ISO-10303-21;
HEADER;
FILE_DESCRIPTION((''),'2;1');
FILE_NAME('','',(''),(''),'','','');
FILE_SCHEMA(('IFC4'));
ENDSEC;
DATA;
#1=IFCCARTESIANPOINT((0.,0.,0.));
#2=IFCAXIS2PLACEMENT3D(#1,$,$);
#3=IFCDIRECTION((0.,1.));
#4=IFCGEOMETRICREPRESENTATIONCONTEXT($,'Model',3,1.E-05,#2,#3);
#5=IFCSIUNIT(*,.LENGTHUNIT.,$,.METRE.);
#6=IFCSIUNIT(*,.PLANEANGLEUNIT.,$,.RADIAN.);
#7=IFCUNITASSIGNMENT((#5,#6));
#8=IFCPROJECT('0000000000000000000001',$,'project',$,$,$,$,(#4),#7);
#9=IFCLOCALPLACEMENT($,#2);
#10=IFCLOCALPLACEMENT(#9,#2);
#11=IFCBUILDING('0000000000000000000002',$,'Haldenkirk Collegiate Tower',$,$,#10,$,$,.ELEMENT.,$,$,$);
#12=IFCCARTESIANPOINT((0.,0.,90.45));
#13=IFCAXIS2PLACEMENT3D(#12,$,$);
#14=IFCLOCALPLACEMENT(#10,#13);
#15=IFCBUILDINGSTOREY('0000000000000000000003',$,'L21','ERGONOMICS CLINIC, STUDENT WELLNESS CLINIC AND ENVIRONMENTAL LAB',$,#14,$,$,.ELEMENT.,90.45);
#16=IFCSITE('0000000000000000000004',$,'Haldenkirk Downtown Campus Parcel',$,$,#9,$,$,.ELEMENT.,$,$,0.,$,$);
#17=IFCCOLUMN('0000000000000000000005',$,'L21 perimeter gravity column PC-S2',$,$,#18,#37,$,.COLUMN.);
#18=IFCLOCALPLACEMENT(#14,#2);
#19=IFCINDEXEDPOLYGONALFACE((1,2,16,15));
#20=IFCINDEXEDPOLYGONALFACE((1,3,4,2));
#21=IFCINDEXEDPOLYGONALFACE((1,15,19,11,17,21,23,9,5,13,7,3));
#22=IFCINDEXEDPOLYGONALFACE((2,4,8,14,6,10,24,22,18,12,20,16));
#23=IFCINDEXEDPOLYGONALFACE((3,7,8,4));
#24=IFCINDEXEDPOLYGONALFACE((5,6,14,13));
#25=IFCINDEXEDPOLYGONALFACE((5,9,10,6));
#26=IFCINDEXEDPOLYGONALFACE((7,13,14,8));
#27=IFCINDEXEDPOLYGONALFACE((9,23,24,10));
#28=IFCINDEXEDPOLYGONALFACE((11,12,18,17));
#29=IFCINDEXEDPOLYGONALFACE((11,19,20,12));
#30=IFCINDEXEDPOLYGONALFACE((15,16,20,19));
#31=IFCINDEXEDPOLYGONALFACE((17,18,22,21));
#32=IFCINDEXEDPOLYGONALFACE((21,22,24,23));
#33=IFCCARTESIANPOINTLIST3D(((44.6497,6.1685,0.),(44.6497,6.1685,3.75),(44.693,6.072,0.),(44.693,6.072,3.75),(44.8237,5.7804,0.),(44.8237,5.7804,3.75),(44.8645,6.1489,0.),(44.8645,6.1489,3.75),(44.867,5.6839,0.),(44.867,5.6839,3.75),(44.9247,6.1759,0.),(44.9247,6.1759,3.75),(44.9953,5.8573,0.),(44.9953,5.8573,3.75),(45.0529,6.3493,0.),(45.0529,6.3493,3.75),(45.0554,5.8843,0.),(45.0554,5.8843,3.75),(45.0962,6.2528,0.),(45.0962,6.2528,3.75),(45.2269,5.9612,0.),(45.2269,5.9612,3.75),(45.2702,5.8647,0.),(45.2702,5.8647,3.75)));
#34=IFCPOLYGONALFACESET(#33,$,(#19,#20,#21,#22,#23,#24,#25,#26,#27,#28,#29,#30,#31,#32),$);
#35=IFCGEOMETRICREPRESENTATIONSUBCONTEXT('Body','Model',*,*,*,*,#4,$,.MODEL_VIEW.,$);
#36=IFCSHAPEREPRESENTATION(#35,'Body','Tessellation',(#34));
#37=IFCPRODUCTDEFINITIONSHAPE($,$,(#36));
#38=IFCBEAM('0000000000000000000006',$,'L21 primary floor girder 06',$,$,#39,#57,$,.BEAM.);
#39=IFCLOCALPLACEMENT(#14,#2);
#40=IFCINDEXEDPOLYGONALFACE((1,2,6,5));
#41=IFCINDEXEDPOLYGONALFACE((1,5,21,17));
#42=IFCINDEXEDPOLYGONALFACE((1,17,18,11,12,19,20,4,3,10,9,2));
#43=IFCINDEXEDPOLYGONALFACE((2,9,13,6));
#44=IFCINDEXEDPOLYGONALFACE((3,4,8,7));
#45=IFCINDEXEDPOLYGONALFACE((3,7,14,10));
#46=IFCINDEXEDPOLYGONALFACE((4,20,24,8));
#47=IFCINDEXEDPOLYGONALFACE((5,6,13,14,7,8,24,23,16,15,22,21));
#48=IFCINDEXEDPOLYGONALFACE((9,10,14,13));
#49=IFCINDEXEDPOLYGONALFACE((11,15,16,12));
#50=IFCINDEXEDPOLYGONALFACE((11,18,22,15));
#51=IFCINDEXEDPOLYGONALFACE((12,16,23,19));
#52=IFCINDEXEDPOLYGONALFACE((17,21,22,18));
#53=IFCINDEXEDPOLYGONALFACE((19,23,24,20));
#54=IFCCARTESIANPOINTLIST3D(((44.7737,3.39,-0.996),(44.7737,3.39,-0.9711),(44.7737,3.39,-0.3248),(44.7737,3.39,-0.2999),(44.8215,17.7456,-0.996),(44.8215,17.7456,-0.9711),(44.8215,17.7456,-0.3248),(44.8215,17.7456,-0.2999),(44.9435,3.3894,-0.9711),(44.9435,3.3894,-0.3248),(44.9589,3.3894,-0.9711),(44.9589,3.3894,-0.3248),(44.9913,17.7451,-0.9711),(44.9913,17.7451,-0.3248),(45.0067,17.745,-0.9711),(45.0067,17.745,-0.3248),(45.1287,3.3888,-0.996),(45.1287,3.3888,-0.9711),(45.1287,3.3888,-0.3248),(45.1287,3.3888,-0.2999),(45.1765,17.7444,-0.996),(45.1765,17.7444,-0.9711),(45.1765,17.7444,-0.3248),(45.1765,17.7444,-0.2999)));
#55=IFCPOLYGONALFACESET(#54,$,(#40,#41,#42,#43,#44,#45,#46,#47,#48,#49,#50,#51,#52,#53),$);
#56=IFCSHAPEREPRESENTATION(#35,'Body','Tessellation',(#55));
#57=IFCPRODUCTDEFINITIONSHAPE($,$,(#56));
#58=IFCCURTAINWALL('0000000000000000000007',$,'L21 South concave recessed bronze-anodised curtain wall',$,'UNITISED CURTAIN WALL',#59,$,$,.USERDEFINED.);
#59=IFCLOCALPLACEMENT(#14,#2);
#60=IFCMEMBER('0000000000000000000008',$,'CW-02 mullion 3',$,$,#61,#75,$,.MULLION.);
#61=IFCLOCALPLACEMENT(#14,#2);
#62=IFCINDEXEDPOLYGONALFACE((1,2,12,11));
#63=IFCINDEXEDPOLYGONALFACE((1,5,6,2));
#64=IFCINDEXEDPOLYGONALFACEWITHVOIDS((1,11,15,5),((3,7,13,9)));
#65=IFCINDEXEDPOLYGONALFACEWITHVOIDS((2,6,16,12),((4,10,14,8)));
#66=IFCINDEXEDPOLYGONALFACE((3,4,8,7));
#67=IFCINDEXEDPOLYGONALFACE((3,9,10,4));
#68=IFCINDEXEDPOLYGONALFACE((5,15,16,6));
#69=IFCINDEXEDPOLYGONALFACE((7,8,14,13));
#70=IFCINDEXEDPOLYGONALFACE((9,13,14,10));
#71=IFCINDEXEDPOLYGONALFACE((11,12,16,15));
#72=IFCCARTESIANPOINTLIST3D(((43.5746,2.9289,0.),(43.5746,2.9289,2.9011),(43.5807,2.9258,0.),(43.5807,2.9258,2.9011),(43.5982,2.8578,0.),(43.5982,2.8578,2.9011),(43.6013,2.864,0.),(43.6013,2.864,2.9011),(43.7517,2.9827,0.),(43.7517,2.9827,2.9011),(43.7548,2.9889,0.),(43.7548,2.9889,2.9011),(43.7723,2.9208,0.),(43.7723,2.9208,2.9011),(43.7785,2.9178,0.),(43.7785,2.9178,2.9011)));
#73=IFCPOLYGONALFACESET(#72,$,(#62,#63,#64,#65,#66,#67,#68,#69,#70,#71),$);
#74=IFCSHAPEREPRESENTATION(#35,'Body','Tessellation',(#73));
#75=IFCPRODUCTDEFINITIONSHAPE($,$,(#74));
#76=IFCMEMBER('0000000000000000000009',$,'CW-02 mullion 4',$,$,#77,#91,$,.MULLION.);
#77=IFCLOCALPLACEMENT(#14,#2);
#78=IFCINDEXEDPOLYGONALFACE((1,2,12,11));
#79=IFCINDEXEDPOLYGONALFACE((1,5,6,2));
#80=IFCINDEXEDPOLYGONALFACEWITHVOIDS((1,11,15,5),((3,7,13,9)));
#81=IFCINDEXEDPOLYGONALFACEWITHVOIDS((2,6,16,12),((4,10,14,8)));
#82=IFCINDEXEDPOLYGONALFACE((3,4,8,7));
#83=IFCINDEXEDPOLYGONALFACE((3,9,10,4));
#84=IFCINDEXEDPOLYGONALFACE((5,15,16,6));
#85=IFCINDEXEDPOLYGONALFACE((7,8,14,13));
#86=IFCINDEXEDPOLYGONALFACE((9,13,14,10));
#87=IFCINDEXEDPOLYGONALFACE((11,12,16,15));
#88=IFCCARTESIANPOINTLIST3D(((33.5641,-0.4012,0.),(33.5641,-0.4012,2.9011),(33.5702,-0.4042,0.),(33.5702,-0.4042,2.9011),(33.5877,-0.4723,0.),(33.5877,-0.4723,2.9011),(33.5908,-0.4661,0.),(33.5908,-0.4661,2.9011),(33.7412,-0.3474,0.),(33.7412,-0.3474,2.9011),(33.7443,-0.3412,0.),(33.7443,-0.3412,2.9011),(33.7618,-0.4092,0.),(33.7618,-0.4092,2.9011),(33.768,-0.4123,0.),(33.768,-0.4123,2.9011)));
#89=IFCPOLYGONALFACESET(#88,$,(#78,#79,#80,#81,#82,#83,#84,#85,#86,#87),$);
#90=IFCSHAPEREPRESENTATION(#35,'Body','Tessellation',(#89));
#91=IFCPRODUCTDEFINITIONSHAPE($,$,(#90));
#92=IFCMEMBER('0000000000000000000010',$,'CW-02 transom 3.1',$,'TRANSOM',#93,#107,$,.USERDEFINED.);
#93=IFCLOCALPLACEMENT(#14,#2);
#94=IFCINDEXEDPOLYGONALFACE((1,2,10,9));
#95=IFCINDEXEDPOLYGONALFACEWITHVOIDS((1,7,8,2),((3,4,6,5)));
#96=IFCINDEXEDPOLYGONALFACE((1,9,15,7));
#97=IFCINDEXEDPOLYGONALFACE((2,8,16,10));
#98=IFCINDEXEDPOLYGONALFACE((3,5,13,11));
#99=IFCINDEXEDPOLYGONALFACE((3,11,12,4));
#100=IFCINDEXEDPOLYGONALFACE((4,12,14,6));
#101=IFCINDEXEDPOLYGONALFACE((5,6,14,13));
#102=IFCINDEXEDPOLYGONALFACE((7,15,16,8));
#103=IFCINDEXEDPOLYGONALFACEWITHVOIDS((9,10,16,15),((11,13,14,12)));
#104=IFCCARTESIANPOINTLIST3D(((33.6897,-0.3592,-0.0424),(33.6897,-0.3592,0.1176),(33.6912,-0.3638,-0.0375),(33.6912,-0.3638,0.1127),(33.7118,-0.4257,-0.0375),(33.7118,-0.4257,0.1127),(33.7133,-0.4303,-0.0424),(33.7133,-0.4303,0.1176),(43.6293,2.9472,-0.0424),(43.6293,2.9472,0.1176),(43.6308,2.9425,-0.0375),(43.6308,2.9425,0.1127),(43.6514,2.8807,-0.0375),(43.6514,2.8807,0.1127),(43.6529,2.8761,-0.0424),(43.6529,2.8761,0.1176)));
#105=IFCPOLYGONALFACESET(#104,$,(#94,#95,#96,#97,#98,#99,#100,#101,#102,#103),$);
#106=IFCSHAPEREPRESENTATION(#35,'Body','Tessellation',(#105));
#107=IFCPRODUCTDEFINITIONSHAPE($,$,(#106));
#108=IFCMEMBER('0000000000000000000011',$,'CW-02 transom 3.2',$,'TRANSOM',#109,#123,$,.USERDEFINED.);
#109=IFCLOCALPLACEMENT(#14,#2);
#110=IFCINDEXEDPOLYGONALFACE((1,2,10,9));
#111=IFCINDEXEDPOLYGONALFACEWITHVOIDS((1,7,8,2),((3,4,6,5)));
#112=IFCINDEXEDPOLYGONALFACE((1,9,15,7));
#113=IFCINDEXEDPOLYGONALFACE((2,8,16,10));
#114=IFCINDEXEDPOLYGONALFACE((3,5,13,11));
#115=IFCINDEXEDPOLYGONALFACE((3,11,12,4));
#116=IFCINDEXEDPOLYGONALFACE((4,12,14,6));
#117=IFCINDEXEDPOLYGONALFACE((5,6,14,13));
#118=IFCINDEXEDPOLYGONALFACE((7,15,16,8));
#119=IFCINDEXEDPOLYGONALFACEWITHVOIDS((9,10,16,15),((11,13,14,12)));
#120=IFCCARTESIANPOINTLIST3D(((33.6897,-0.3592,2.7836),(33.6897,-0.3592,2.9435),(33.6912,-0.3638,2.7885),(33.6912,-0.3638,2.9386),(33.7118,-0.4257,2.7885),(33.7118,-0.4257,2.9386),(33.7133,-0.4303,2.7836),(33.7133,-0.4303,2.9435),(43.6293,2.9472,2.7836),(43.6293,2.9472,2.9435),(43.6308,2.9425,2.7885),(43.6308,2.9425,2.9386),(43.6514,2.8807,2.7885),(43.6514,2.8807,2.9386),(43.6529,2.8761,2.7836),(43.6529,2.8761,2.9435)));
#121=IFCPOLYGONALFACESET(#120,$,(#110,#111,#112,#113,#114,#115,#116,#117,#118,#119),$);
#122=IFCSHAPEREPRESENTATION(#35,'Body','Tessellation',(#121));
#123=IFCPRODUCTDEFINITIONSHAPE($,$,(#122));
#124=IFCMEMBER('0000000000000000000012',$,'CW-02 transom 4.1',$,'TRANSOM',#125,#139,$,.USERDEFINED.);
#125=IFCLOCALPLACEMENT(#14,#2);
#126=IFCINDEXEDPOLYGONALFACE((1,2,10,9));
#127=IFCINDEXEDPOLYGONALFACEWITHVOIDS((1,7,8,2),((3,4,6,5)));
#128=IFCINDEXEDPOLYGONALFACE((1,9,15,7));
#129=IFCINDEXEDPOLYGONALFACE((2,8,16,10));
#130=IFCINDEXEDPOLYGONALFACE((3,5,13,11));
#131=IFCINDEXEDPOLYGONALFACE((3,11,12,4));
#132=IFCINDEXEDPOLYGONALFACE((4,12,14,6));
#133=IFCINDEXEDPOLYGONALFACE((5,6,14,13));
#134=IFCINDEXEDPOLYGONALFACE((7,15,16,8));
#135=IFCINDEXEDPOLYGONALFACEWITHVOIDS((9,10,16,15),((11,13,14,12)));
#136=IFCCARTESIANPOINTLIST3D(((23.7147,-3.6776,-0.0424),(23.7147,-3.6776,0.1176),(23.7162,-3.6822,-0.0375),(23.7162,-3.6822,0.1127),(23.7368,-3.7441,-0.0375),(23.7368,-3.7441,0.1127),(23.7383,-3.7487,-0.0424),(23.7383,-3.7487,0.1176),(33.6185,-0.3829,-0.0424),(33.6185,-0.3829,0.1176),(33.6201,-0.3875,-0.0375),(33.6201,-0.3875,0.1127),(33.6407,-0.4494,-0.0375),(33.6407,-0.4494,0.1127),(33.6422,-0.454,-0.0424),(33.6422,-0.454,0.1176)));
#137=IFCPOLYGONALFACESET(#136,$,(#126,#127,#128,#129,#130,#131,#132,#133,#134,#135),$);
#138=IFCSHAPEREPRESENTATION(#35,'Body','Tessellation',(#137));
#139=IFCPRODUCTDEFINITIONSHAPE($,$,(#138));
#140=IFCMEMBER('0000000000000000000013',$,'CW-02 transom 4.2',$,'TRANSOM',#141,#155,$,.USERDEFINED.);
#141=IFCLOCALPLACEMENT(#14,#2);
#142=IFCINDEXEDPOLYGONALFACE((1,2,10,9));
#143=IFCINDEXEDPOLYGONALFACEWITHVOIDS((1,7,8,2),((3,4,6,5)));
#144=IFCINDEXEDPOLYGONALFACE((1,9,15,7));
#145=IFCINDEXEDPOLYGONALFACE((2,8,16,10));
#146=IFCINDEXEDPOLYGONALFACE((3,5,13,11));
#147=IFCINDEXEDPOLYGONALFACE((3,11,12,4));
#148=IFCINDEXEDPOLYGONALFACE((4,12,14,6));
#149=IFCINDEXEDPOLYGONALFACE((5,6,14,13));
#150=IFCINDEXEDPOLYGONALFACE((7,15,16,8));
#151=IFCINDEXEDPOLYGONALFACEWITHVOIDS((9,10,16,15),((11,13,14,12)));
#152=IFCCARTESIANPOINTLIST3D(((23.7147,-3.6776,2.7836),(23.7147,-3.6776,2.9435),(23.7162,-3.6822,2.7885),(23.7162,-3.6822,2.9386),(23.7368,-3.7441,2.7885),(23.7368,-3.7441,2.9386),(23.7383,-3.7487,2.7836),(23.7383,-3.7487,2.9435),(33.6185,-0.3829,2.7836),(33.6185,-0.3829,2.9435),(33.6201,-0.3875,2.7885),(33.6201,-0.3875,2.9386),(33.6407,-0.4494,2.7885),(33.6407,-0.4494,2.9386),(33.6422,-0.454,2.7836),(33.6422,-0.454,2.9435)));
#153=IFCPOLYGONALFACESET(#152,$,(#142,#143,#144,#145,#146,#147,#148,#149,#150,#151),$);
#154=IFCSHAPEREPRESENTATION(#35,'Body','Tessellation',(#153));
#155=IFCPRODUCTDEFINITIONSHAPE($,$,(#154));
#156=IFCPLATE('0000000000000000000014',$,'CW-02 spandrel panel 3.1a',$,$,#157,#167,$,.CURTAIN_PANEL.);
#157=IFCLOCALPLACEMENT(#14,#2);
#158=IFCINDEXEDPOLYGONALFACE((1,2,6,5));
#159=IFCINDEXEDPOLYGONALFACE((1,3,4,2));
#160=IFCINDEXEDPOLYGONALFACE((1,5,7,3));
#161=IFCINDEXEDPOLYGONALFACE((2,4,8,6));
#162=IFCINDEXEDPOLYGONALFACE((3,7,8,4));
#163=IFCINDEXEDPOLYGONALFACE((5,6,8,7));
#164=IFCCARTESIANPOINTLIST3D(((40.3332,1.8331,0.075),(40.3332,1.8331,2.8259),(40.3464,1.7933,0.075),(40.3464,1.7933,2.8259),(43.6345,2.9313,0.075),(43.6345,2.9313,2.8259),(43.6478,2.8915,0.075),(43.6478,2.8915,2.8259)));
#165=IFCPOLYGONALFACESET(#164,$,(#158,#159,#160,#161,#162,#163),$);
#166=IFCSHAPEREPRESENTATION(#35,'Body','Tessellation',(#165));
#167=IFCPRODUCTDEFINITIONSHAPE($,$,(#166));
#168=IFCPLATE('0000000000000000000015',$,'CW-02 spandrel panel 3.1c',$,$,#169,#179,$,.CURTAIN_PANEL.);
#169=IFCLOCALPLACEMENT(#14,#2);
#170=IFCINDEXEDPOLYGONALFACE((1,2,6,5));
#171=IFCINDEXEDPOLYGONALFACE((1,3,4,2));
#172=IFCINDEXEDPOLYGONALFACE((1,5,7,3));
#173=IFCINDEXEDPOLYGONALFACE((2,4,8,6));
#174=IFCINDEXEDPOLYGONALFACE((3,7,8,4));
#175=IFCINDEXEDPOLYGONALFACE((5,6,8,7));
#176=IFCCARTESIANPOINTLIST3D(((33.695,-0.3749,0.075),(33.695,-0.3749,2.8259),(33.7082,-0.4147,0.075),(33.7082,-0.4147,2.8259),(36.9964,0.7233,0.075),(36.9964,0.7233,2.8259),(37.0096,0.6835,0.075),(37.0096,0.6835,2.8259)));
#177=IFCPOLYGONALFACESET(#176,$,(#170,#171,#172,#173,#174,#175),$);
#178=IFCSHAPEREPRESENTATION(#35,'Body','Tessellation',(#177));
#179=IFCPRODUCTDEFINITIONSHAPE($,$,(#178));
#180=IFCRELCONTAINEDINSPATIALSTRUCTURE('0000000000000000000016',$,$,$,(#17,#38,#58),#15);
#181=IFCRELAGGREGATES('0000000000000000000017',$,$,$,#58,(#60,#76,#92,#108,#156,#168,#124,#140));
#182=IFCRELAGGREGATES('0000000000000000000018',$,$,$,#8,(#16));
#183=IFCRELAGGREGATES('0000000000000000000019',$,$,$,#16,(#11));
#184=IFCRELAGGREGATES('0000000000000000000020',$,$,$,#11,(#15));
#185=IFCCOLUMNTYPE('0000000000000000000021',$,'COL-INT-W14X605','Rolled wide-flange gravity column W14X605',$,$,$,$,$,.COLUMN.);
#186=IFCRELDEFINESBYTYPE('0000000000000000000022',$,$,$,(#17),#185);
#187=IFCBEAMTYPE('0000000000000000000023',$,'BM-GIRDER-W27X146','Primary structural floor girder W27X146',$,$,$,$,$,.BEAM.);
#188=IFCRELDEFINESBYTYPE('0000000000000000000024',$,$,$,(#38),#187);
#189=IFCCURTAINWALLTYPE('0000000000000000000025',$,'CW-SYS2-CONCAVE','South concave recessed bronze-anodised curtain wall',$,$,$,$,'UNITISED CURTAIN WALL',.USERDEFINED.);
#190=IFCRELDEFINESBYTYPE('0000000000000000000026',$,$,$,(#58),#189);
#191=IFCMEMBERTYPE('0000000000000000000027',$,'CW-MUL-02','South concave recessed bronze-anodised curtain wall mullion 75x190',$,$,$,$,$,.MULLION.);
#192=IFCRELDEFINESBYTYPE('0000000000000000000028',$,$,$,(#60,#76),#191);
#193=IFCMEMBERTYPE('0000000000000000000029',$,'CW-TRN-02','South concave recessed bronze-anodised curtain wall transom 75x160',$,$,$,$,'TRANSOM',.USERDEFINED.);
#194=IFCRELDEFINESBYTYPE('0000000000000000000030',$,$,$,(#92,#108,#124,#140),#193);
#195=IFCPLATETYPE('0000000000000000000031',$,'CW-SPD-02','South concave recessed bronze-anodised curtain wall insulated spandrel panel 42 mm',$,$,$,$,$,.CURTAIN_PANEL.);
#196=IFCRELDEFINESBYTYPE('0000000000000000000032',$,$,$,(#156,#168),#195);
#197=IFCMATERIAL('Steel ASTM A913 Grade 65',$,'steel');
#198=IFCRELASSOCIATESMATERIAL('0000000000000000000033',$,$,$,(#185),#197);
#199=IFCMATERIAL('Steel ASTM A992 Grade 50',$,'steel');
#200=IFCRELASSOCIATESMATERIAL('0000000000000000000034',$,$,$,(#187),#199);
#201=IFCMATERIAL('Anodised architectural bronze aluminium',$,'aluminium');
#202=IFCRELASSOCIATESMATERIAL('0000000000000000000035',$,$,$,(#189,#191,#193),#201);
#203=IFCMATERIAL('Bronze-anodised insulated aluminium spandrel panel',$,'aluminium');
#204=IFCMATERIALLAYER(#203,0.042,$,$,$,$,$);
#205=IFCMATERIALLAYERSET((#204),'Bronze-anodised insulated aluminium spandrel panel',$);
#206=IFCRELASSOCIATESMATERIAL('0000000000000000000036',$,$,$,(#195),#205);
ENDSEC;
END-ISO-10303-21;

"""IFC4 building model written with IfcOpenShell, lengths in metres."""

from ifc_helpers import new_model, si_unit, direction, frame, origin, origin_2d, place, context, subcontext, project, spatial, rectangle, hollow_rectangle, i_section, extrude, source, transform, mapped, material, layer, layer_set, material_profile, profile_set, type_object, element, aggregate, save


model = new_model("IFC4")

# Units and contexts
model_context = context("Model", 3, precision=1e-05, world=origin(), true_north=direction((0.0, 1.0)))
body_context = subcontext(model_context, "Body", "Model", "MODEL_VIEW")
ifc_project = project(units=[si_unit("LENGTHUNIT", "METRE"), si_unit("PLANEANGLEUNIT", "RADIAN")], contexts=[model_context])

# Site, building, storey
site_placement = place(None, origin())
site = spatial("IfcSite", under=ifc_project, at=site_placement, Name="Haldenkirk Downtown Campus Parcel", CompositionType="ELEMENT", RefElevation=0.0)
building_placement = place(site_placement, origin())
building = spatial("IfcBuilding", under=site, at=building_placement, Name="Haldenkirk Collegiate Tower", CompositionType="ELEMENT")
storey_placement = place(building_placement, frame((0.0, 0.0, 90.45)))
storey = spatial("IfcBuildingStorey", under=building, at=storey_placement, Name="L21", Description="ERGONOMICS CLINIC, STUDENT WELLNESS CLINIC AND ENVIRONMENTAL LAB", CompositionType="ELEMENT", Elevation=90.45)

# Column
ifc_material_1 = material(Name="Steel ASTM A913 Grade 65", Category="steel")
ifc_material_profile_1 = material_profile(ifc_material_1, i_section(OverallWidth=0.4419, OverallDepth=0.531, WebThickness=0.0659, FlangeThickness=0.1057, at=origin_2d()), Name="W14X605")
ifc_profile_set_1 = profile_set([ifc_material_profile_1], Name="Steel ASTM A913 Grade 65")
column_type = type_object("IfcColumnType", Name="COL-INT-W14X605", Description="Rolled wide-flange gravity column W14X605", PredefinedType="COLUMN", material=ifc_profile_set_1)
column_placement = place(storey_placement, frame((44.96, 6.0166, 0.0), z_axis=(0.0, 0.0, 1.0), x_axis=(0.912477, 0.409127, 0.0)))
element("IfcColumn", 1, at=column_placement, inside=storey, type_object=column_type, Name="L21 perimeter gravity column PC-S2", PredefinedType="COLUMN", context=body_context, shape_type="SweptSolid", body=[
    extrude(i_section(OverallWidth=0.4419, OverallDepth=0.531, WebThickness=0.0659, FlangeThickness=0.1057, at=origin_2d()), origin(), (0.0, 0.0, 1.0), 3.75),
])

# Beam
ifc_material_2 = material(Name="Steel ASTM A992 Grade 50", Category="steel")
ifc_material_profile_2 = material_profile(ifc_material_2, i_section(OverallWidth=0.355, OverallDepth=0.696, WebThickness=0.0154, FlangeThickness=0.0249, at=origin_2d()), Name="W27X146")
ifc_profile_set_2 = profile_set([ifc_material_profile_2], Name="Steel ASTM A992 Grade 50")
beam_type = type_object("IfcBeamType", Name="BM-GIRDER-W27X146", Description="Primary structural floor girder W27X146", PredefinedType="BEAM", material=ifc_profile_set_2)
beam_placement = place(storey_placement, frame((44.9512, 3.3894, -0.6479), z_axis=(0.003333, 0.999994, 0.0), x_axis=(-0.999994, 0.003333, 0.0)))
element("IfcBeam", 2, at=beam_placement, inside=storey, type_object=beam_type, Name="L21 primary floor girder 06", PredefinedType="BEAM", context=body_context, shape_type="SweptSolid", body=[
    extrude(i_section(OverallWidth=0.355, OverallDepth=0.696, WebThickness=0.0154, FlangeThickness=0.0249, at=origin_2d()), origin(), (0.0, 0.0, 1.0), 14.3557),
])

# Curtain wall, members, plates
ifc_material_3 = material(Name="Anodised architectural bronze aluminium", Category="aluminium")
curtain_wall_type = type_object("IfcCurtainWallType", Name="CW-SYS2-CONCAVE", Description="South concave recessed bronze-anodised curtain wall", ElementType="UNITISED CURTAIN WALL", PredefinedType="USERDEFINED", material=ifc_material_3)
curtain_wall_placement = place(storey_placement, origin())
curtain_wall = element("IfcCurtainWall", 3, at=curtain_wall_placement, inside=storey, type_object=curtain_wall_type, Name="L21 South concave recessed bronze-anodised curtain wall", ObjectType="UNITISED CURTAIN WALL", PredefinedType="USERDEFINED")
ifc_material_profile_3 = material_profile(ifc_material_3, hollow_rectangle(XDim=0.075, YDim=0.1899, WallThickness=0.0049, at=origin_2d()), Name="CW-MUL-02")
ifc_profile_set_3 = profile_set([ifc_material_profile_3], Name="Anodised architectural bronze aluminium")
member_type_1 = type_object("IfcMemberType", Name="CW-MUL-02", Description="South concave recessed bronze-anodised curtain wall mullion 75x190", PredefinedType="MULLION", material=ifc_profile_set_3)
member_1_placement = place(storey_placement, frame((43.6765, 2.9233, 0.0), z_axis=(0.0, 0.0, 1.0), x_axis=(0.315647, -0.948877, 0.0)))
member_1 = element("IfcMember", 4, at=member_1_placement, type_object=member_type_1, Name="CW-02 mullion 3", PredefinedType="MULLION", context=body_context, shape_type="SweptSolid", body=[
    extrude(hollow_rectangle(XDim=0.075, YDim=0.1899, WallThickness=0.0049, at=origin_2d()), origin(), (0.0, 0.0, 1.0), 2.9011),
])
member_2_placement = place(storey_placement, frame((33.666, -0.4067, 0.0), z_axis=(0.0, 0.0, 1.0), x_axis=(0.315647, -0.948877, 0.0)))
member_2 = element("IfcMember", 5, at=member_2_placement, type_object=member_type_1, Name="CW-02 mullion 4", PredefinedType="MULLION", context=body_context, shape_type="SweptSolid", body=[
    extrude(hollow_rectangle(XDim=0.075, YDim=0.1899, WallThickness=0.0049, at=origin_2d()), origin(), (0.0, 0.0, 1.0), 2.9011),
])
ifc_material_profile_4 = material_profile(ifc_material_3, hollow_rectangle(XDim=0.075, YDim=0.1599, WallThickness=0.0049, at=origin_2d()), Name="CW-TRN-02")
ifc_profile_set_4 = profile_set([ifc_material_profile_4], Name="Anodised architectural bronze aluminium")
member_type_2 = type_object("IfcMemberType", Name="CW-TRN-02", Description="South concave recessed bronze-anodised curtain wall transom 75x160", ElementType="TRANSOM", PredefinedType="USERDEFINED", material=ifc_profile_set_4)
member_3_placement = place(storey_placement, frame((43.6411, 2.9116, 0.0376), z_axis=(-0.948879, -0.31564, 0.0), x_axis=(0.31564, -0.948879, 0.0)))
member_3 = element("IfcMember", 6, at=member_3_placement, type_object=member_type_2, Name="CW-02 transom 3.1", ObjectType="TRANSOM", PredefinedType="USERDEFINED", context=body_context, shape_type="SweptSolid", body=[
    extrude(hollow_rectangle(XDim=0.075, YDim=0.1599, WallThickness=0.0049, at=origin_2d()), origin(), (0.0, 0.0, 1.0), 10.4751),
])
member_4_placement = place(storey_placement, frame((43.6411, 2.9116, 2.8635), z_axis=(-0.948879, -0.31564, 0.0), x_axis=(0.31564, -0.948879, 0.0)))
member_4 = element("IfcMember", 7, at=member_4_placement, type_object=member_type_2, Name="CW-02 transom 3.2", ObjectType="TRANSOM", PredefinedType="USERDEFINED", context=body_context, shape_type="SweptSolid", body=[
    extrude(hollow_rectangle(XDim=0.075, YDim=0.1599, WallThickness=0.0049, at=origin_2d()), origin(), (0.0, 0.0, 1.0), 10.4751),
])
member_5_placement = place(storey_placement, frame((33.6304, -0.4185, 0.0376), z_axis=(-0.948873, -0.315659, 0.0), x_axis=(0.315659, -0.948873, 0.0)))
member_5 = element("IfcMember", 8, at=member_5_placement, type_object=member_type_2, Name="CW-02 transom 4.1", ObjectType="TRANSOM", PredefinedType="USERDEFINED", context=body_context, shape_type="SweptSolid", body=[
    extrude(hollow_rectangle(XDim=0.075, YDim=0.1599, WallThickness=0.0049, at=origin_2d()), origin(), (0.0, 0.0, 1.0), 10.4375),
])
member_6_placement = place(storey_placement, frame((33.6304, -0.4185, 2.8635), z_axis=(-0.948873, -0.315659, 0.0), x_axis=(0.315659, -0.948873, 0.0)))
member_6 = element("IfcMember", 9, at=member_6_placement, type_object=member_type_2, Name="CW-02 transom 4.2", ObjectType="TRANSOM", PredefinedType="USERDEFINED", context=body_context, shape_type="SweptSolid", body=[
    extrude(hollow_rectangle(XDim=0.075, YDim=0.1599, WallThickness=0.0049, at=origin_2d()), origin(), (0.0, 0.0, 1.0), 10.4375),
])
ifc_material_4 = material(Name="Bronze-anodised insulated aluminium spandrel panel", Category="aluminium")
ifc_layer_1 = layer(ifc_material_4, 0.042)
ifc_layer_set_1 = layer_set([ifc_layer_1], Name="Bronze-anodised insulated aluminium spandrel panel")
plate_type = type_object("IfcPlateType", Name="CW-SPD-02", Description="South concave recessed bronze-anodised curtain wall insulated spandrel panel 42 mm", PredefinedType="CURTAIN_PANEL", material=ifc_layer_set_1)
shared_shape_1 = source(origin(), body_context, "Body", "SweptSolid", [
    extrude(rectangle(XDim=3.4792, YDim=0.042, at=origin_2d()), origin(), (0.0, 0.0, 1.0), 2.751),
])
plate_1_placement = place(storey_placement, frame((41.9905, 2.3623, 0.075), z_axis=(0.0, 0.0, 1.0), x_axis=(-0.948877, -0.315647, 0.0)))
plate_1 = element("IfcPlate", 10, at=plate_1_placement, type_object=plate_type, Name="CW-02 spandrel panel 3.1a", PredefinedType="CURTAIN_PANEL", context=body_context, shape_type="MappedRepresentation", body=[
    mapped(shared_shape_1, transform((0.0, 0.0, 0.0), x_axis=(1.0, 0.0, 0.0), y_axis=(0.0, 1.0, 0.0), z_axis=(0.0, 0.0, 1.0), scale=1.0)),
])
plate_2_placement = place(storey_placement, frame((35.3523, 0.1543, 0.075), z_axis=(0.0, 0.0, 1.0), x_axis=(-0.948877, -0.315647, 0.0)))
plate_2 = element("IfcPlate", 11, at=plate_2_placement, type_object=plate_type, Name="CW-02 spandrel panel 3.1c", PredefinedType="CURTAIN_PANEL", context=body_context, shape_type="MappedRepresentation", body=[
    mapped(shared_shape_1, transform((0.0, 0.0, 0.0), x_axis=(1.0, 0.0, 0.0), y_axis=(0.0, 1.0, 0.0), z_axis=(0.0, 0.0, 1.0), scale=1.0)),
])
aggregate(curtain_wall, [member_1, member_2, member_3, member_4, plate_1, plate_2, member_5, member_6])

save(model, "model.ifc")
